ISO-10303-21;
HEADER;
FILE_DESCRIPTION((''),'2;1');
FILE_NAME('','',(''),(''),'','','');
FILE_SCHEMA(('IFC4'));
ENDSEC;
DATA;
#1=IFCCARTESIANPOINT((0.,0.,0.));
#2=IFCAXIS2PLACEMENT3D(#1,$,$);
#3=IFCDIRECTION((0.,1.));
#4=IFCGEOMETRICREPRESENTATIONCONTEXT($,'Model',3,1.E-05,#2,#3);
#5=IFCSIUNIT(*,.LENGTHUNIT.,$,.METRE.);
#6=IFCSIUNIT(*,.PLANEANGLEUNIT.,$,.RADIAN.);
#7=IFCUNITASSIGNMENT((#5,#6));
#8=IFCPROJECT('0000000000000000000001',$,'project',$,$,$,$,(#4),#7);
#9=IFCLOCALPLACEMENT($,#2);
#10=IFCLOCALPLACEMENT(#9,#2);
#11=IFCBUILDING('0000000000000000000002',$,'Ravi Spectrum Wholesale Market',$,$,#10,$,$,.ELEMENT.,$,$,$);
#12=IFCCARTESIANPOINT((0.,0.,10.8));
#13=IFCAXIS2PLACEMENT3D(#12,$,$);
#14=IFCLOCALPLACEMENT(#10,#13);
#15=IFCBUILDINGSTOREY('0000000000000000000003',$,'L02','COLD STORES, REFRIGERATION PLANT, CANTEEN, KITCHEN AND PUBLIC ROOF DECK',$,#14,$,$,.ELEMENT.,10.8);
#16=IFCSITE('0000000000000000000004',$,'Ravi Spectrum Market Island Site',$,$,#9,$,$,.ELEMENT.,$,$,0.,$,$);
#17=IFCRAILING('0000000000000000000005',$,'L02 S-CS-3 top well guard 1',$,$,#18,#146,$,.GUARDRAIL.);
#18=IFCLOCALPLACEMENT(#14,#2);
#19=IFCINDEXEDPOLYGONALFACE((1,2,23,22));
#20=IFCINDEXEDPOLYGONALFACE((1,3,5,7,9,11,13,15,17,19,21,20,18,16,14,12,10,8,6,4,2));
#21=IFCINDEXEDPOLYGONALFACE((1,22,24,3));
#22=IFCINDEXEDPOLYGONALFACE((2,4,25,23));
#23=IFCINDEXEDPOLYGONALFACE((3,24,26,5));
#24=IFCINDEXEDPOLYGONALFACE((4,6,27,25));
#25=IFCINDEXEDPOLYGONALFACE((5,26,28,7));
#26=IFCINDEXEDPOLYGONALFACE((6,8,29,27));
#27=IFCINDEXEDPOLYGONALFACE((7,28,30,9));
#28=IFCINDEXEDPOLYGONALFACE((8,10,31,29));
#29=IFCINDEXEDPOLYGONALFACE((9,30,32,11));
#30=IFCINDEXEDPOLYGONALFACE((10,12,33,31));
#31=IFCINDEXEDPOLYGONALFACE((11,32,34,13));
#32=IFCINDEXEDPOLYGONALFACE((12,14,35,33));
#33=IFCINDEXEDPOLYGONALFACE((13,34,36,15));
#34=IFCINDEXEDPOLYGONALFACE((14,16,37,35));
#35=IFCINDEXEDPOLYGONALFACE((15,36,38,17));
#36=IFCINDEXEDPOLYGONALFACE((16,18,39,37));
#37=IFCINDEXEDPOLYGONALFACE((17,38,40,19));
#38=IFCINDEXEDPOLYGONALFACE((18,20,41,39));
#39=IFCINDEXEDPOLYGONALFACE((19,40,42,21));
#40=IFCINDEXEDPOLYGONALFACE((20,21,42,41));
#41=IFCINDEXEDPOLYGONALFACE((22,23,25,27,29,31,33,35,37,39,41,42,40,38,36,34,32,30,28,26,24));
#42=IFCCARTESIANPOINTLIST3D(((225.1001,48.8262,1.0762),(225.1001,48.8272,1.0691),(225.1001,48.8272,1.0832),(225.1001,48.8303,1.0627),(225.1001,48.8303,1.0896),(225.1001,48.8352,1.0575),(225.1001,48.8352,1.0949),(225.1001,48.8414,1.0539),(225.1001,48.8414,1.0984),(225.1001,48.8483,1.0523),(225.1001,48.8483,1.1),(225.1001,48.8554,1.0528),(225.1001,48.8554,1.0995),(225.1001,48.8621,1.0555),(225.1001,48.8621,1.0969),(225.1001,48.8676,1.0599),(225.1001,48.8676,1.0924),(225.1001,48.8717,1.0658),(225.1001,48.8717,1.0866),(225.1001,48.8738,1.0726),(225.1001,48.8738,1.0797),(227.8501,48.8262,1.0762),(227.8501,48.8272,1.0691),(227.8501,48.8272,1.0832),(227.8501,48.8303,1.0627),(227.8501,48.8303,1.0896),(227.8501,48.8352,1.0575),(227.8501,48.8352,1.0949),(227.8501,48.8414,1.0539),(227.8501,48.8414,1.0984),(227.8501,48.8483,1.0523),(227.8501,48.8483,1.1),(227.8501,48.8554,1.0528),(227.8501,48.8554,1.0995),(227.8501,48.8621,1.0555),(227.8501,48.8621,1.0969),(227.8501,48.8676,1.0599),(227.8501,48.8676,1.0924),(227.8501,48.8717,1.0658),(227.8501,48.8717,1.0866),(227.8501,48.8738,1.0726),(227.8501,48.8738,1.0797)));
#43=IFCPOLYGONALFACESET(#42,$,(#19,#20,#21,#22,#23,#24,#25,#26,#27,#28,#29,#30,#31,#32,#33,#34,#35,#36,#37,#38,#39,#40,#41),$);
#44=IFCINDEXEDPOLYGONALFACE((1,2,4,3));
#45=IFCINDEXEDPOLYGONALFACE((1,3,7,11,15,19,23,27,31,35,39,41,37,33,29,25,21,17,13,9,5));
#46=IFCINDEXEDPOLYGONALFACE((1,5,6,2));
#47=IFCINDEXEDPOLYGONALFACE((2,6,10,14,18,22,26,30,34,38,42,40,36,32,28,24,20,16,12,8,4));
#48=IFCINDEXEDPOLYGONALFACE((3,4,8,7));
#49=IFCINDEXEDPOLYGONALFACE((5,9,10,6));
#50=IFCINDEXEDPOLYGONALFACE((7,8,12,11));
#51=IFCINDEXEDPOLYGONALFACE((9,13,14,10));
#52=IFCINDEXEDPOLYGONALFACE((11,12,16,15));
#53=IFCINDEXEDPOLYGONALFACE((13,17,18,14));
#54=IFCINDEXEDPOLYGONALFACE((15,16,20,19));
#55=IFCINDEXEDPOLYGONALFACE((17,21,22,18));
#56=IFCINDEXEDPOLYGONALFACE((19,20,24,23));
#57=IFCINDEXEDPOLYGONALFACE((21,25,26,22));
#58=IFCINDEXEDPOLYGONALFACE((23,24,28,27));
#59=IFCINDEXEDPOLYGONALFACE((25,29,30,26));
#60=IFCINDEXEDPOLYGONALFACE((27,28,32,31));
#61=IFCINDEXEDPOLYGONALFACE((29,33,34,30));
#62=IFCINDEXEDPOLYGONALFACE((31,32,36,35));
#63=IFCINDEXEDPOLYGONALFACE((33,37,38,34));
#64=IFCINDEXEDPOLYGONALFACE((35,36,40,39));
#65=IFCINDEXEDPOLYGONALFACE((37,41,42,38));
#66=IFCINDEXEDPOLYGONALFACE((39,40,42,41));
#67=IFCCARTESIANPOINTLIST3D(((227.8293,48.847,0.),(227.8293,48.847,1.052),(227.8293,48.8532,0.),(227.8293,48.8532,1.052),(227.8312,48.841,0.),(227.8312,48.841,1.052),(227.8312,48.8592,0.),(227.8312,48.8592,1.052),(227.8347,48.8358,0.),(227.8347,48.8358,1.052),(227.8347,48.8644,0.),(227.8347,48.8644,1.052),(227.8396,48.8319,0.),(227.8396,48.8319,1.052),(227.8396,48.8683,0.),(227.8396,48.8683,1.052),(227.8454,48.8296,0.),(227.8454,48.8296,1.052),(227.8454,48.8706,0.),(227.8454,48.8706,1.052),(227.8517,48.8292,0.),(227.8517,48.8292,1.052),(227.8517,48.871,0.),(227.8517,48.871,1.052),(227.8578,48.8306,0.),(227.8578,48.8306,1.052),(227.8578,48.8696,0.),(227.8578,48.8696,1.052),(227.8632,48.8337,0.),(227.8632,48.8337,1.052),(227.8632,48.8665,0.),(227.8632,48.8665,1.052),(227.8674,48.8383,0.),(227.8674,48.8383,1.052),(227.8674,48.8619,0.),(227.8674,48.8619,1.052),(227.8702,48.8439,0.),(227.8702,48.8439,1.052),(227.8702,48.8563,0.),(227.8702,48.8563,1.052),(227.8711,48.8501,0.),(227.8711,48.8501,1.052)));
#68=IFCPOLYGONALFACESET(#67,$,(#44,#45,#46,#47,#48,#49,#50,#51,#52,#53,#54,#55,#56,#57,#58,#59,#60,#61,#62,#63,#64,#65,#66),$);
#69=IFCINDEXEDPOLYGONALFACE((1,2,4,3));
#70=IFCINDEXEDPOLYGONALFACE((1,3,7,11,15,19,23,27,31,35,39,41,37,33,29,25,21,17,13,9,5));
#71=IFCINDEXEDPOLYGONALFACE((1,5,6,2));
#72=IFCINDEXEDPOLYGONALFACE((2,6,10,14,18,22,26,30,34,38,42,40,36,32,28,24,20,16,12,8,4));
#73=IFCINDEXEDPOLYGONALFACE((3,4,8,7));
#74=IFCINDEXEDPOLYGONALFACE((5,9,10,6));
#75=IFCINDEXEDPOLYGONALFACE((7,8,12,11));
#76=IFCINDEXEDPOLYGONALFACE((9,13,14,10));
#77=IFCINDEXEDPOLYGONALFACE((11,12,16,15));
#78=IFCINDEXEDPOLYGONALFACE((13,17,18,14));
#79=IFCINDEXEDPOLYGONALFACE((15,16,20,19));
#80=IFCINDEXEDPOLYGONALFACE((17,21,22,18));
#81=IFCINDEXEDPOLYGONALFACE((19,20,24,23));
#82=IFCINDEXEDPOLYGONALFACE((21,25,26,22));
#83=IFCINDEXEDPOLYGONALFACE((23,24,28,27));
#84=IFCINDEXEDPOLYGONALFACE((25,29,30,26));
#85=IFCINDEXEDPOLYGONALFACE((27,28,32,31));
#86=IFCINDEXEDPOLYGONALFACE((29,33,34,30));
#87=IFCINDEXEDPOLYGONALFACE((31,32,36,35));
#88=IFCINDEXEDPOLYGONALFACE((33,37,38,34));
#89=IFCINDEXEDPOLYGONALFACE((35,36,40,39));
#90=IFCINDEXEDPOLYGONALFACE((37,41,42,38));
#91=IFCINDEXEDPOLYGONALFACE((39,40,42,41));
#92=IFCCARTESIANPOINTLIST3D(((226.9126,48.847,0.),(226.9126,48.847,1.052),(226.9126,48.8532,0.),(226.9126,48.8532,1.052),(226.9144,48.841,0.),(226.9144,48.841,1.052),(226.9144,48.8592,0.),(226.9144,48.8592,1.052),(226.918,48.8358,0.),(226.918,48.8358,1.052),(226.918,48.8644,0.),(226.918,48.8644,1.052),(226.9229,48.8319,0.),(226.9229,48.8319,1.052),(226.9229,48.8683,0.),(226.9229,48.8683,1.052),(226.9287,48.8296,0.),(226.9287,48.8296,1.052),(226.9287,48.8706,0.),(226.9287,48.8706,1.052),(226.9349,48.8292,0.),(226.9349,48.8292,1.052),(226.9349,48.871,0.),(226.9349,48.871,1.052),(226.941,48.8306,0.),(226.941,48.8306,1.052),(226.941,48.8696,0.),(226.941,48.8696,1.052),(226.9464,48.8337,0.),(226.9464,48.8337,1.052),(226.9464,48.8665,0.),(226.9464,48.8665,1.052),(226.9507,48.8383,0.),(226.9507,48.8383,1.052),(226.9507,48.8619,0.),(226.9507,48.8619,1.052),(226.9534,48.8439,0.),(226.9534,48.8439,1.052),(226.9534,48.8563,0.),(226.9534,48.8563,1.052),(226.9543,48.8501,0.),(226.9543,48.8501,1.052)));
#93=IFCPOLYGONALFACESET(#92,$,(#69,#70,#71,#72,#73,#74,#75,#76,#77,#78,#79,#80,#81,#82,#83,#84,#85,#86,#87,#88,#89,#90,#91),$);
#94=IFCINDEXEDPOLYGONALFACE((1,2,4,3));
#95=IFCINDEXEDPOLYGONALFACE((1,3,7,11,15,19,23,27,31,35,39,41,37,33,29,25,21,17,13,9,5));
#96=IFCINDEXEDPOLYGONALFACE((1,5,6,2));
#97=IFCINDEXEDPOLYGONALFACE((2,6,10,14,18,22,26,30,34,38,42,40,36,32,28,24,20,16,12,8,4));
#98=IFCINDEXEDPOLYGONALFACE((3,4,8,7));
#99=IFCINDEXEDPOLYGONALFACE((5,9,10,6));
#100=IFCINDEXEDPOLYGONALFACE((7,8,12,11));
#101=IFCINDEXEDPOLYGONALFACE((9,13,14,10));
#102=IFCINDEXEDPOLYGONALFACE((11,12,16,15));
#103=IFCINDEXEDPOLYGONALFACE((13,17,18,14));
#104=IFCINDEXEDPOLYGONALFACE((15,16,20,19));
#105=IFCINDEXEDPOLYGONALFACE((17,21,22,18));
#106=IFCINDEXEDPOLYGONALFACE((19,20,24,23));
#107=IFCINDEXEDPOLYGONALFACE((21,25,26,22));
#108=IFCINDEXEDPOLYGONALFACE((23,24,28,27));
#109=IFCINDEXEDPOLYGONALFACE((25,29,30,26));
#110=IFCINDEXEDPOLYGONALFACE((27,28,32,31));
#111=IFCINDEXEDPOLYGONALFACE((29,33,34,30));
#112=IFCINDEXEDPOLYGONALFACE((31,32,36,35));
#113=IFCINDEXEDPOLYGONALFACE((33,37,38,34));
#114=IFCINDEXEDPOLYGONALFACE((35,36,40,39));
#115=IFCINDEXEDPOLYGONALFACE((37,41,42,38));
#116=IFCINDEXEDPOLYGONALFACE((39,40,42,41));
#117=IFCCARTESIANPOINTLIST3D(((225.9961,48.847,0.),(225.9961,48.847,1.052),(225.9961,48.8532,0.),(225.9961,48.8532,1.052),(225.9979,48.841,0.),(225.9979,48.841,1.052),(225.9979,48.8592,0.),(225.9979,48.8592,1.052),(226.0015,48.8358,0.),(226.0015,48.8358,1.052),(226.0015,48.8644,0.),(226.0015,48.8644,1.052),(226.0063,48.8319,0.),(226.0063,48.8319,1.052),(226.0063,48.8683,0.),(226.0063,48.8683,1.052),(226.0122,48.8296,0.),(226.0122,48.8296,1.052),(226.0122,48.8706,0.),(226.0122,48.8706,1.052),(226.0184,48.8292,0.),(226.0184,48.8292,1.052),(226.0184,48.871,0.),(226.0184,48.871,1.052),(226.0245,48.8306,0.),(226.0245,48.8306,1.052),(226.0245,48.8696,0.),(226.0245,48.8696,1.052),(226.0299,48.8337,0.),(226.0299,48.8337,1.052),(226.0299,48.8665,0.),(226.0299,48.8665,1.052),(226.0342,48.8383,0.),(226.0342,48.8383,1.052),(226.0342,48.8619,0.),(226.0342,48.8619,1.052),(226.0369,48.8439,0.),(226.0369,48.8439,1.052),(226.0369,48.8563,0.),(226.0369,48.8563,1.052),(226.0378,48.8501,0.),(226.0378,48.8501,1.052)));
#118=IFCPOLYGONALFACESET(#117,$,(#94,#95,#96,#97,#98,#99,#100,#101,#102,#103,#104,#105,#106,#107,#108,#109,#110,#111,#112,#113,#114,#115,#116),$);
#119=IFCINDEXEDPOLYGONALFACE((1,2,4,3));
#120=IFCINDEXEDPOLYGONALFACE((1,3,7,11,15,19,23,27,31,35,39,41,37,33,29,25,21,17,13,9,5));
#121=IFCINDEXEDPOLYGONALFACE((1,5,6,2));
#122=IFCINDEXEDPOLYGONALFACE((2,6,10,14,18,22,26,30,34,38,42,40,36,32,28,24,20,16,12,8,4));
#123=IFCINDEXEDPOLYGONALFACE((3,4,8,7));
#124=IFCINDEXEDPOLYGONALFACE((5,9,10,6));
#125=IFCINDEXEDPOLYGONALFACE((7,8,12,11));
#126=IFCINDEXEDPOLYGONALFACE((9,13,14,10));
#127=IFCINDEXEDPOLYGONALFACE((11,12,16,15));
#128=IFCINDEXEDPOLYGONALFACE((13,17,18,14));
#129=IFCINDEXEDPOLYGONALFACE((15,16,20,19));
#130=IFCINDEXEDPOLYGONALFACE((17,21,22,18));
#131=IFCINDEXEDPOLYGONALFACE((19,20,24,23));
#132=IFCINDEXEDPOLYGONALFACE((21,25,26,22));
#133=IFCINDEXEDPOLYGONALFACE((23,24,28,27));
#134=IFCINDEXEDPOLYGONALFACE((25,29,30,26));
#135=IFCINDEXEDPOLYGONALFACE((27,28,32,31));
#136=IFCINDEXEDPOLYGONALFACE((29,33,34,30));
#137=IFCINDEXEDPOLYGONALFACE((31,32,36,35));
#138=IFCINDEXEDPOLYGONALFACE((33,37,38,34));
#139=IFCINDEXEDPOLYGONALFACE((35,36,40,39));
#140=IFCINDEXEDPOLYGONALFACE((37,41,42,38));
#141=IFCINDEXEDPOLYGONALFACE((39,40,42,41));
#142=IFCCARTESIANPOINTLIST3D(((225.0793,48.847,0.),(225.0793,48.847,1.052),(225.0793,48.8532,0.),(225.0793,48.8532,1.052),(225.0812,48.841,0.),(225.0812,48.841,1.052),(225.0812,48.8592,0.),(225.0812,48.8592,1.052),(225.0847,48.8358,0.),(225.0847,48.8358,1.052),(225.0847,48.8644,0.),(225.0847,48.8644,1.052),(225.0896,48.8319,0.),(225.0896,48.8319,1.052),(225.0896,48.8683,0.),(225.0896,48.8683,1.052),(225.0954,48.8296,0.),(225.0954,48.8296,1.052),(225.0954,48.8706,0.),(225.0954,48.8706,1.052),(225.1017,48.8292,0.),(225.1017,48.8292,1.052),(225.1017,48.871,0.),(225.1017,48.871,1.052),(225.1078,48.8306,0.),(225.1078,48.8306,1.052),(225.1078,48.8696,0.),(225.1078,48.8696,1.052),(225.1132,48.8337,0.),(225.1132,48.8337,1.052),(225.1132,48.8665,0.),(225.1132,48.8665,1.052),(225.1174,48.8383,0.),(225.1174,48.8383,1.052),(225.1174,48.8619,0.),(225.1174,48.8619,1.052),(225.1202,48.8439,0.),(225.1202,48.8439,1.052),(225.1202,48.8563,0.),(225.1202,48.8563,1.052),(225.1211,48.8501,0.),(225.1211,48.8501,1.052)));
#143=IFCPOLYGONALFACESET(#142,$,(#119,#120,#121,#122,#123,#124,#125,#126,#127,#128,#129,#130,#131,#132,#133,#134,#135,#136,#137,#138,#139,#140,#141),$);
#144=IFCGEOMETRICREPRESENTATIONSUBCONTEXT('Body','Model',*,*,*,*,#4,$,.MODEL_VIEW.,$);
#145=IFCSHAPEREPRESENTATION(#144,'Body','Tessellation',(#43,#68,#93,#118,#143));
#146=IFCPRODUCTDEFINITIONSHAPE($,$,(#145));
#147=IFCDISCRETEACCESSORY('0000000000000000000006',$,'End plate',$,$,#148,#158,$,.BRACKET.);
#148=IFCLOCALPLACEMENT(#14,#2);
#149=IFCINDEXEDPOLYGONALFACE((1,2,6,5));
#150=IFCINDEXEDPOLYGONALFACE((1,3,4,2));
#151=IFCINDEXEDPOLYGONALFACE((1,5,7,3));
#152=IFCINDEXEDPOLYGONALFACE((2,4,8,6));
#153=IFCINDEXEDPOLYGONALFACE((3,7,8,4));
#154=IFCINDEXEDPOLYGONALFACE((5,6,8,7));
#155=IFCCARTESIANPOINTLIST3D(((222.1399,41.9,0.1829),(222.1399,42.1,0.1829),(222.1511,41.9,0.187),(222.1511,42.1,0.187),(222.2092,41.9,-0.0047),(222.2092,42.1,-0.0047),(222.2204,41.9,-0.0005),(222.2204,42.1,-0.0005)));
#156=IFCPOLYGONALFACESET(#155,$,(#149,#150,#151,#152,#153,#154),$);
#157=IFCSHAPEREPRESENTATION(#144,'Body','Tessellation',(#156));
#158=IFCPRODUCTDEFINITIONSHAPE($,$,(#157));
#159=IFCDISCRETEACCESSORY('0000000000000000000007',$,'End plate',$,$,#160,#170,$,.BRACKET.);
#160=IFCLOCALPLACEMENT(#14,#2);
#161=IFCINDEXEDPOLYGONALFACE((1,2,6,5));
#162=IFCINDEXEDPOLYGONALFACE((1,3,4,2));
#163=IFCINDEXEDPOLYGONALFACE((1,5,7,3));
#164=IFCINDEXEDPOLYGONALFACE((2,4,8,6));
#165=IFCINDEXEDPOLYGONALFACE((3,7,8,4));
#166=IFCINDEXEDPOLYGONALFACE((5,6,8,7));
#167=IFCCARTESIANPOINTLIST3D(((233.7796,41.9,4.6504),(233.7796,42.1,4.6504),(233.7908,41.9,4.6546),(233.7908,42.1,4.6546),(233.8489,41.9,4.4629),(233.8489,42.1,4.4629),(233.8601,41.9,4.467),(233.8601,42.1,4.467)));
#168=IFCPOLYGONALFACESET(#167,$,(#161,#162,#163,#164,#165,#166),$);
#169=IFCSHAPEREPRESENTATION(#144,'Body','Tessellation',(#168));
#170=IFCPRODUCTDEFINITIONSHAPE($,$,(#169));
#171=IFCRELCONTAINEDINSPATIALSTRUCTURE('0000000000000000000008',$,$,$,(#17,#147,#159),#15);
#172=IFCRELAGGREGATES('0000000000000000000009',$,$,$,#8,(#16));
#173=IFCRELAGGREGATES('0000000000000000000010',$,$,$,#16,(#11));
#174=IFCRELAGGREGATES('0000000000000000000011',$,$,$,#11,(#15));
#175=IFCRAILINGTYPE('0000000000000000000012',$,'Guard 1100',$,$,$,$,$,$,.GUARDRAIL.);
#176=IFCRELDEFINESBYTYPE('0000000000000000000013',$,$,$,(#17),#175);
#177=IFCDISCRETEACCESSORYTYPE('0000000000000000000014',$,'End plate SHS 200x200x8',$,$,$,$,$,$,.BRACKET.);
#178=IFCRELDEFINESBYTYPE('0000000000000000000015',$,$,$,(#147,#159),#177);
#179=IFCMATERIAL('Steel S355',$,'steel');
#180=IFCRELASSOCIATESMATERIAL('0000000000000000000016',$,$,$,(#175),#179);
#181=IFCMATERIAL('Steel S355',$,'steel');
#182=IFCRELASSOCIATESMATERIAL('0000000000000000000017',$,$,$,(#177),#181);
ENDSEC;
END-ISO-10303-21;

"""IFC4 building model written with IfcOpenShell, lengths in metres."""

from ifc_helpers import new_model, si_unit, direction, frame, origin, origin_2d, place, context, subcontext, project, spatial, rectangle, circle, extrude, material, material_profile, profile_set, type_object, element, save


model = new_model("IFC4")

# Units and contexts
model_context = context("Model", 3, precision=1e-05, world=origin(), true_north=direction((0.0, 1.0)))
body_context = subcontext(model_context, "Body", "Model", "MODEL_VIEW")
ifc_project = project(units=[si_unit("LENGTHUNIT", "METRE"), si_unit("PLANEANGLEUNIT", "RADIAN")], contexts=[model_context])

# Site, building, storey
site_placement = place(None, origin())
site = spatial("IfcSite", under=ifc_project, at=site_placement, Name="Ravi Spectrum Market Island Site", CompositionType="ELEMENT", RefElevation=0.0)
building_placement = place(site_placement, origin())
building = spatial("IfcBuilding", under=site, at=building_placement, Name="Ravi Spectrum Wholesale Market", CompositionType="ELEMENT")
storey_placement = place(building_placement, frame((0.0, 0.0, 10.8)))
storey = spatial("IfcBuildingStorey", under=building, at=storey_placement, Name="L02", Description="COLD STORES, REFRIGERATION PLANT, CANTEEN, KITCHEN AND PUBLIC ROOF DECK", CompositionType="ELEMENT", Elevation=10.8)

# Railing
ifc_material_1 = material(Name="Steel S355", Category="steel")
railing_type = type_object("IfcRailingType", Name="Guard 1100", PredefinedType="GUARDRAIL", material=ifc_material_1)
railing_placement = place(storey_placement, frame((227.8501, 48.8501, 0.0)))
element("IfcRailing", 1, at=railing_placement, inside=storey, type_object=railing_type, Name="L02 S-CS-3 top well guard 1", PredefinedType="GUARDRAIL", context=body_context, shape_type="SweptSolid", body=[
    extrude(circle(Radius=0.0239, at=origin_2d()), frame((0.0, 0.0, 1.0762), z_axis=(-1.0, 0.0, 0.0), x_axis=(0.0, -1.0, 0.0)), (0.0, 0.0, 1.0), 2.75),
    extrude(circle(Radius=0.021, at=origin_2d()), origin(), (0.0, 0.0, 1.0), 1.052),
    extrude(circle(Radius=0.021, at=origin_2d()), frame((-0.9167, 0.0, 0.0)), (0.0, 0.0, 1.0), 1.052),
    extrude(circle(Radius=0.021, at=origin_2d()), frame((-1.8333, 0.0, 0.0)), (0.0, 0.0, 1.0), 1.052),
    extrude(circle(Radius=0.021, at=origin_2d()), frame((-2.75, 0.0, 0.0)), (0.0, 0.0, 1.0), 1.052),
])

# Discrete accessories
ifc_material_2 = material(Name="Steel S355", Category="steel")
ifc_material_profile_1 = material_profile(ifc_material_2, rectangle(XDim=0.2, YDim=0.2, at=origin_2d()))
ifc_profile_set_1 = profile_set([ifc_material_profile_1], Name="Steel S355")
discrete_accessory_type = type_object("IfcDiscreteAccessoryType", Name="End plate SHS 200x200x8", PredefinedType="BRACKET", material=ifc_profile_set_1)
for number, where, z_axis, x_axis, name in (
    (2, (222.1858, 42.0, 0.0933), (-0.937994, 0.0, -0.34665), (0.0, -1.0, 0.0), "End plate"),
    (3, (233.8142, 42.0, 4.5566), (0.937994, 0.0, 0.34665), (0.0, 1.0, 0.0), "End plate"),
):
    element("IfcDiscreteAccessory", number, at=place(storey_placement, frame(where, z_axis=z_axis, x_axis=x_axis)), inside=storey, type_object=discrete_accessory_type, Name=name, PredefinedType="BRACKET", context=body_context, shape_type="SweptSolid", body=[
        extrude(rectangle(XDim=0.2, YDim=0.2, at=origin_2d()), origin(), (0.0, 0.0, 1.0), 0.012),
    ])

save(model, "model.ifc")
